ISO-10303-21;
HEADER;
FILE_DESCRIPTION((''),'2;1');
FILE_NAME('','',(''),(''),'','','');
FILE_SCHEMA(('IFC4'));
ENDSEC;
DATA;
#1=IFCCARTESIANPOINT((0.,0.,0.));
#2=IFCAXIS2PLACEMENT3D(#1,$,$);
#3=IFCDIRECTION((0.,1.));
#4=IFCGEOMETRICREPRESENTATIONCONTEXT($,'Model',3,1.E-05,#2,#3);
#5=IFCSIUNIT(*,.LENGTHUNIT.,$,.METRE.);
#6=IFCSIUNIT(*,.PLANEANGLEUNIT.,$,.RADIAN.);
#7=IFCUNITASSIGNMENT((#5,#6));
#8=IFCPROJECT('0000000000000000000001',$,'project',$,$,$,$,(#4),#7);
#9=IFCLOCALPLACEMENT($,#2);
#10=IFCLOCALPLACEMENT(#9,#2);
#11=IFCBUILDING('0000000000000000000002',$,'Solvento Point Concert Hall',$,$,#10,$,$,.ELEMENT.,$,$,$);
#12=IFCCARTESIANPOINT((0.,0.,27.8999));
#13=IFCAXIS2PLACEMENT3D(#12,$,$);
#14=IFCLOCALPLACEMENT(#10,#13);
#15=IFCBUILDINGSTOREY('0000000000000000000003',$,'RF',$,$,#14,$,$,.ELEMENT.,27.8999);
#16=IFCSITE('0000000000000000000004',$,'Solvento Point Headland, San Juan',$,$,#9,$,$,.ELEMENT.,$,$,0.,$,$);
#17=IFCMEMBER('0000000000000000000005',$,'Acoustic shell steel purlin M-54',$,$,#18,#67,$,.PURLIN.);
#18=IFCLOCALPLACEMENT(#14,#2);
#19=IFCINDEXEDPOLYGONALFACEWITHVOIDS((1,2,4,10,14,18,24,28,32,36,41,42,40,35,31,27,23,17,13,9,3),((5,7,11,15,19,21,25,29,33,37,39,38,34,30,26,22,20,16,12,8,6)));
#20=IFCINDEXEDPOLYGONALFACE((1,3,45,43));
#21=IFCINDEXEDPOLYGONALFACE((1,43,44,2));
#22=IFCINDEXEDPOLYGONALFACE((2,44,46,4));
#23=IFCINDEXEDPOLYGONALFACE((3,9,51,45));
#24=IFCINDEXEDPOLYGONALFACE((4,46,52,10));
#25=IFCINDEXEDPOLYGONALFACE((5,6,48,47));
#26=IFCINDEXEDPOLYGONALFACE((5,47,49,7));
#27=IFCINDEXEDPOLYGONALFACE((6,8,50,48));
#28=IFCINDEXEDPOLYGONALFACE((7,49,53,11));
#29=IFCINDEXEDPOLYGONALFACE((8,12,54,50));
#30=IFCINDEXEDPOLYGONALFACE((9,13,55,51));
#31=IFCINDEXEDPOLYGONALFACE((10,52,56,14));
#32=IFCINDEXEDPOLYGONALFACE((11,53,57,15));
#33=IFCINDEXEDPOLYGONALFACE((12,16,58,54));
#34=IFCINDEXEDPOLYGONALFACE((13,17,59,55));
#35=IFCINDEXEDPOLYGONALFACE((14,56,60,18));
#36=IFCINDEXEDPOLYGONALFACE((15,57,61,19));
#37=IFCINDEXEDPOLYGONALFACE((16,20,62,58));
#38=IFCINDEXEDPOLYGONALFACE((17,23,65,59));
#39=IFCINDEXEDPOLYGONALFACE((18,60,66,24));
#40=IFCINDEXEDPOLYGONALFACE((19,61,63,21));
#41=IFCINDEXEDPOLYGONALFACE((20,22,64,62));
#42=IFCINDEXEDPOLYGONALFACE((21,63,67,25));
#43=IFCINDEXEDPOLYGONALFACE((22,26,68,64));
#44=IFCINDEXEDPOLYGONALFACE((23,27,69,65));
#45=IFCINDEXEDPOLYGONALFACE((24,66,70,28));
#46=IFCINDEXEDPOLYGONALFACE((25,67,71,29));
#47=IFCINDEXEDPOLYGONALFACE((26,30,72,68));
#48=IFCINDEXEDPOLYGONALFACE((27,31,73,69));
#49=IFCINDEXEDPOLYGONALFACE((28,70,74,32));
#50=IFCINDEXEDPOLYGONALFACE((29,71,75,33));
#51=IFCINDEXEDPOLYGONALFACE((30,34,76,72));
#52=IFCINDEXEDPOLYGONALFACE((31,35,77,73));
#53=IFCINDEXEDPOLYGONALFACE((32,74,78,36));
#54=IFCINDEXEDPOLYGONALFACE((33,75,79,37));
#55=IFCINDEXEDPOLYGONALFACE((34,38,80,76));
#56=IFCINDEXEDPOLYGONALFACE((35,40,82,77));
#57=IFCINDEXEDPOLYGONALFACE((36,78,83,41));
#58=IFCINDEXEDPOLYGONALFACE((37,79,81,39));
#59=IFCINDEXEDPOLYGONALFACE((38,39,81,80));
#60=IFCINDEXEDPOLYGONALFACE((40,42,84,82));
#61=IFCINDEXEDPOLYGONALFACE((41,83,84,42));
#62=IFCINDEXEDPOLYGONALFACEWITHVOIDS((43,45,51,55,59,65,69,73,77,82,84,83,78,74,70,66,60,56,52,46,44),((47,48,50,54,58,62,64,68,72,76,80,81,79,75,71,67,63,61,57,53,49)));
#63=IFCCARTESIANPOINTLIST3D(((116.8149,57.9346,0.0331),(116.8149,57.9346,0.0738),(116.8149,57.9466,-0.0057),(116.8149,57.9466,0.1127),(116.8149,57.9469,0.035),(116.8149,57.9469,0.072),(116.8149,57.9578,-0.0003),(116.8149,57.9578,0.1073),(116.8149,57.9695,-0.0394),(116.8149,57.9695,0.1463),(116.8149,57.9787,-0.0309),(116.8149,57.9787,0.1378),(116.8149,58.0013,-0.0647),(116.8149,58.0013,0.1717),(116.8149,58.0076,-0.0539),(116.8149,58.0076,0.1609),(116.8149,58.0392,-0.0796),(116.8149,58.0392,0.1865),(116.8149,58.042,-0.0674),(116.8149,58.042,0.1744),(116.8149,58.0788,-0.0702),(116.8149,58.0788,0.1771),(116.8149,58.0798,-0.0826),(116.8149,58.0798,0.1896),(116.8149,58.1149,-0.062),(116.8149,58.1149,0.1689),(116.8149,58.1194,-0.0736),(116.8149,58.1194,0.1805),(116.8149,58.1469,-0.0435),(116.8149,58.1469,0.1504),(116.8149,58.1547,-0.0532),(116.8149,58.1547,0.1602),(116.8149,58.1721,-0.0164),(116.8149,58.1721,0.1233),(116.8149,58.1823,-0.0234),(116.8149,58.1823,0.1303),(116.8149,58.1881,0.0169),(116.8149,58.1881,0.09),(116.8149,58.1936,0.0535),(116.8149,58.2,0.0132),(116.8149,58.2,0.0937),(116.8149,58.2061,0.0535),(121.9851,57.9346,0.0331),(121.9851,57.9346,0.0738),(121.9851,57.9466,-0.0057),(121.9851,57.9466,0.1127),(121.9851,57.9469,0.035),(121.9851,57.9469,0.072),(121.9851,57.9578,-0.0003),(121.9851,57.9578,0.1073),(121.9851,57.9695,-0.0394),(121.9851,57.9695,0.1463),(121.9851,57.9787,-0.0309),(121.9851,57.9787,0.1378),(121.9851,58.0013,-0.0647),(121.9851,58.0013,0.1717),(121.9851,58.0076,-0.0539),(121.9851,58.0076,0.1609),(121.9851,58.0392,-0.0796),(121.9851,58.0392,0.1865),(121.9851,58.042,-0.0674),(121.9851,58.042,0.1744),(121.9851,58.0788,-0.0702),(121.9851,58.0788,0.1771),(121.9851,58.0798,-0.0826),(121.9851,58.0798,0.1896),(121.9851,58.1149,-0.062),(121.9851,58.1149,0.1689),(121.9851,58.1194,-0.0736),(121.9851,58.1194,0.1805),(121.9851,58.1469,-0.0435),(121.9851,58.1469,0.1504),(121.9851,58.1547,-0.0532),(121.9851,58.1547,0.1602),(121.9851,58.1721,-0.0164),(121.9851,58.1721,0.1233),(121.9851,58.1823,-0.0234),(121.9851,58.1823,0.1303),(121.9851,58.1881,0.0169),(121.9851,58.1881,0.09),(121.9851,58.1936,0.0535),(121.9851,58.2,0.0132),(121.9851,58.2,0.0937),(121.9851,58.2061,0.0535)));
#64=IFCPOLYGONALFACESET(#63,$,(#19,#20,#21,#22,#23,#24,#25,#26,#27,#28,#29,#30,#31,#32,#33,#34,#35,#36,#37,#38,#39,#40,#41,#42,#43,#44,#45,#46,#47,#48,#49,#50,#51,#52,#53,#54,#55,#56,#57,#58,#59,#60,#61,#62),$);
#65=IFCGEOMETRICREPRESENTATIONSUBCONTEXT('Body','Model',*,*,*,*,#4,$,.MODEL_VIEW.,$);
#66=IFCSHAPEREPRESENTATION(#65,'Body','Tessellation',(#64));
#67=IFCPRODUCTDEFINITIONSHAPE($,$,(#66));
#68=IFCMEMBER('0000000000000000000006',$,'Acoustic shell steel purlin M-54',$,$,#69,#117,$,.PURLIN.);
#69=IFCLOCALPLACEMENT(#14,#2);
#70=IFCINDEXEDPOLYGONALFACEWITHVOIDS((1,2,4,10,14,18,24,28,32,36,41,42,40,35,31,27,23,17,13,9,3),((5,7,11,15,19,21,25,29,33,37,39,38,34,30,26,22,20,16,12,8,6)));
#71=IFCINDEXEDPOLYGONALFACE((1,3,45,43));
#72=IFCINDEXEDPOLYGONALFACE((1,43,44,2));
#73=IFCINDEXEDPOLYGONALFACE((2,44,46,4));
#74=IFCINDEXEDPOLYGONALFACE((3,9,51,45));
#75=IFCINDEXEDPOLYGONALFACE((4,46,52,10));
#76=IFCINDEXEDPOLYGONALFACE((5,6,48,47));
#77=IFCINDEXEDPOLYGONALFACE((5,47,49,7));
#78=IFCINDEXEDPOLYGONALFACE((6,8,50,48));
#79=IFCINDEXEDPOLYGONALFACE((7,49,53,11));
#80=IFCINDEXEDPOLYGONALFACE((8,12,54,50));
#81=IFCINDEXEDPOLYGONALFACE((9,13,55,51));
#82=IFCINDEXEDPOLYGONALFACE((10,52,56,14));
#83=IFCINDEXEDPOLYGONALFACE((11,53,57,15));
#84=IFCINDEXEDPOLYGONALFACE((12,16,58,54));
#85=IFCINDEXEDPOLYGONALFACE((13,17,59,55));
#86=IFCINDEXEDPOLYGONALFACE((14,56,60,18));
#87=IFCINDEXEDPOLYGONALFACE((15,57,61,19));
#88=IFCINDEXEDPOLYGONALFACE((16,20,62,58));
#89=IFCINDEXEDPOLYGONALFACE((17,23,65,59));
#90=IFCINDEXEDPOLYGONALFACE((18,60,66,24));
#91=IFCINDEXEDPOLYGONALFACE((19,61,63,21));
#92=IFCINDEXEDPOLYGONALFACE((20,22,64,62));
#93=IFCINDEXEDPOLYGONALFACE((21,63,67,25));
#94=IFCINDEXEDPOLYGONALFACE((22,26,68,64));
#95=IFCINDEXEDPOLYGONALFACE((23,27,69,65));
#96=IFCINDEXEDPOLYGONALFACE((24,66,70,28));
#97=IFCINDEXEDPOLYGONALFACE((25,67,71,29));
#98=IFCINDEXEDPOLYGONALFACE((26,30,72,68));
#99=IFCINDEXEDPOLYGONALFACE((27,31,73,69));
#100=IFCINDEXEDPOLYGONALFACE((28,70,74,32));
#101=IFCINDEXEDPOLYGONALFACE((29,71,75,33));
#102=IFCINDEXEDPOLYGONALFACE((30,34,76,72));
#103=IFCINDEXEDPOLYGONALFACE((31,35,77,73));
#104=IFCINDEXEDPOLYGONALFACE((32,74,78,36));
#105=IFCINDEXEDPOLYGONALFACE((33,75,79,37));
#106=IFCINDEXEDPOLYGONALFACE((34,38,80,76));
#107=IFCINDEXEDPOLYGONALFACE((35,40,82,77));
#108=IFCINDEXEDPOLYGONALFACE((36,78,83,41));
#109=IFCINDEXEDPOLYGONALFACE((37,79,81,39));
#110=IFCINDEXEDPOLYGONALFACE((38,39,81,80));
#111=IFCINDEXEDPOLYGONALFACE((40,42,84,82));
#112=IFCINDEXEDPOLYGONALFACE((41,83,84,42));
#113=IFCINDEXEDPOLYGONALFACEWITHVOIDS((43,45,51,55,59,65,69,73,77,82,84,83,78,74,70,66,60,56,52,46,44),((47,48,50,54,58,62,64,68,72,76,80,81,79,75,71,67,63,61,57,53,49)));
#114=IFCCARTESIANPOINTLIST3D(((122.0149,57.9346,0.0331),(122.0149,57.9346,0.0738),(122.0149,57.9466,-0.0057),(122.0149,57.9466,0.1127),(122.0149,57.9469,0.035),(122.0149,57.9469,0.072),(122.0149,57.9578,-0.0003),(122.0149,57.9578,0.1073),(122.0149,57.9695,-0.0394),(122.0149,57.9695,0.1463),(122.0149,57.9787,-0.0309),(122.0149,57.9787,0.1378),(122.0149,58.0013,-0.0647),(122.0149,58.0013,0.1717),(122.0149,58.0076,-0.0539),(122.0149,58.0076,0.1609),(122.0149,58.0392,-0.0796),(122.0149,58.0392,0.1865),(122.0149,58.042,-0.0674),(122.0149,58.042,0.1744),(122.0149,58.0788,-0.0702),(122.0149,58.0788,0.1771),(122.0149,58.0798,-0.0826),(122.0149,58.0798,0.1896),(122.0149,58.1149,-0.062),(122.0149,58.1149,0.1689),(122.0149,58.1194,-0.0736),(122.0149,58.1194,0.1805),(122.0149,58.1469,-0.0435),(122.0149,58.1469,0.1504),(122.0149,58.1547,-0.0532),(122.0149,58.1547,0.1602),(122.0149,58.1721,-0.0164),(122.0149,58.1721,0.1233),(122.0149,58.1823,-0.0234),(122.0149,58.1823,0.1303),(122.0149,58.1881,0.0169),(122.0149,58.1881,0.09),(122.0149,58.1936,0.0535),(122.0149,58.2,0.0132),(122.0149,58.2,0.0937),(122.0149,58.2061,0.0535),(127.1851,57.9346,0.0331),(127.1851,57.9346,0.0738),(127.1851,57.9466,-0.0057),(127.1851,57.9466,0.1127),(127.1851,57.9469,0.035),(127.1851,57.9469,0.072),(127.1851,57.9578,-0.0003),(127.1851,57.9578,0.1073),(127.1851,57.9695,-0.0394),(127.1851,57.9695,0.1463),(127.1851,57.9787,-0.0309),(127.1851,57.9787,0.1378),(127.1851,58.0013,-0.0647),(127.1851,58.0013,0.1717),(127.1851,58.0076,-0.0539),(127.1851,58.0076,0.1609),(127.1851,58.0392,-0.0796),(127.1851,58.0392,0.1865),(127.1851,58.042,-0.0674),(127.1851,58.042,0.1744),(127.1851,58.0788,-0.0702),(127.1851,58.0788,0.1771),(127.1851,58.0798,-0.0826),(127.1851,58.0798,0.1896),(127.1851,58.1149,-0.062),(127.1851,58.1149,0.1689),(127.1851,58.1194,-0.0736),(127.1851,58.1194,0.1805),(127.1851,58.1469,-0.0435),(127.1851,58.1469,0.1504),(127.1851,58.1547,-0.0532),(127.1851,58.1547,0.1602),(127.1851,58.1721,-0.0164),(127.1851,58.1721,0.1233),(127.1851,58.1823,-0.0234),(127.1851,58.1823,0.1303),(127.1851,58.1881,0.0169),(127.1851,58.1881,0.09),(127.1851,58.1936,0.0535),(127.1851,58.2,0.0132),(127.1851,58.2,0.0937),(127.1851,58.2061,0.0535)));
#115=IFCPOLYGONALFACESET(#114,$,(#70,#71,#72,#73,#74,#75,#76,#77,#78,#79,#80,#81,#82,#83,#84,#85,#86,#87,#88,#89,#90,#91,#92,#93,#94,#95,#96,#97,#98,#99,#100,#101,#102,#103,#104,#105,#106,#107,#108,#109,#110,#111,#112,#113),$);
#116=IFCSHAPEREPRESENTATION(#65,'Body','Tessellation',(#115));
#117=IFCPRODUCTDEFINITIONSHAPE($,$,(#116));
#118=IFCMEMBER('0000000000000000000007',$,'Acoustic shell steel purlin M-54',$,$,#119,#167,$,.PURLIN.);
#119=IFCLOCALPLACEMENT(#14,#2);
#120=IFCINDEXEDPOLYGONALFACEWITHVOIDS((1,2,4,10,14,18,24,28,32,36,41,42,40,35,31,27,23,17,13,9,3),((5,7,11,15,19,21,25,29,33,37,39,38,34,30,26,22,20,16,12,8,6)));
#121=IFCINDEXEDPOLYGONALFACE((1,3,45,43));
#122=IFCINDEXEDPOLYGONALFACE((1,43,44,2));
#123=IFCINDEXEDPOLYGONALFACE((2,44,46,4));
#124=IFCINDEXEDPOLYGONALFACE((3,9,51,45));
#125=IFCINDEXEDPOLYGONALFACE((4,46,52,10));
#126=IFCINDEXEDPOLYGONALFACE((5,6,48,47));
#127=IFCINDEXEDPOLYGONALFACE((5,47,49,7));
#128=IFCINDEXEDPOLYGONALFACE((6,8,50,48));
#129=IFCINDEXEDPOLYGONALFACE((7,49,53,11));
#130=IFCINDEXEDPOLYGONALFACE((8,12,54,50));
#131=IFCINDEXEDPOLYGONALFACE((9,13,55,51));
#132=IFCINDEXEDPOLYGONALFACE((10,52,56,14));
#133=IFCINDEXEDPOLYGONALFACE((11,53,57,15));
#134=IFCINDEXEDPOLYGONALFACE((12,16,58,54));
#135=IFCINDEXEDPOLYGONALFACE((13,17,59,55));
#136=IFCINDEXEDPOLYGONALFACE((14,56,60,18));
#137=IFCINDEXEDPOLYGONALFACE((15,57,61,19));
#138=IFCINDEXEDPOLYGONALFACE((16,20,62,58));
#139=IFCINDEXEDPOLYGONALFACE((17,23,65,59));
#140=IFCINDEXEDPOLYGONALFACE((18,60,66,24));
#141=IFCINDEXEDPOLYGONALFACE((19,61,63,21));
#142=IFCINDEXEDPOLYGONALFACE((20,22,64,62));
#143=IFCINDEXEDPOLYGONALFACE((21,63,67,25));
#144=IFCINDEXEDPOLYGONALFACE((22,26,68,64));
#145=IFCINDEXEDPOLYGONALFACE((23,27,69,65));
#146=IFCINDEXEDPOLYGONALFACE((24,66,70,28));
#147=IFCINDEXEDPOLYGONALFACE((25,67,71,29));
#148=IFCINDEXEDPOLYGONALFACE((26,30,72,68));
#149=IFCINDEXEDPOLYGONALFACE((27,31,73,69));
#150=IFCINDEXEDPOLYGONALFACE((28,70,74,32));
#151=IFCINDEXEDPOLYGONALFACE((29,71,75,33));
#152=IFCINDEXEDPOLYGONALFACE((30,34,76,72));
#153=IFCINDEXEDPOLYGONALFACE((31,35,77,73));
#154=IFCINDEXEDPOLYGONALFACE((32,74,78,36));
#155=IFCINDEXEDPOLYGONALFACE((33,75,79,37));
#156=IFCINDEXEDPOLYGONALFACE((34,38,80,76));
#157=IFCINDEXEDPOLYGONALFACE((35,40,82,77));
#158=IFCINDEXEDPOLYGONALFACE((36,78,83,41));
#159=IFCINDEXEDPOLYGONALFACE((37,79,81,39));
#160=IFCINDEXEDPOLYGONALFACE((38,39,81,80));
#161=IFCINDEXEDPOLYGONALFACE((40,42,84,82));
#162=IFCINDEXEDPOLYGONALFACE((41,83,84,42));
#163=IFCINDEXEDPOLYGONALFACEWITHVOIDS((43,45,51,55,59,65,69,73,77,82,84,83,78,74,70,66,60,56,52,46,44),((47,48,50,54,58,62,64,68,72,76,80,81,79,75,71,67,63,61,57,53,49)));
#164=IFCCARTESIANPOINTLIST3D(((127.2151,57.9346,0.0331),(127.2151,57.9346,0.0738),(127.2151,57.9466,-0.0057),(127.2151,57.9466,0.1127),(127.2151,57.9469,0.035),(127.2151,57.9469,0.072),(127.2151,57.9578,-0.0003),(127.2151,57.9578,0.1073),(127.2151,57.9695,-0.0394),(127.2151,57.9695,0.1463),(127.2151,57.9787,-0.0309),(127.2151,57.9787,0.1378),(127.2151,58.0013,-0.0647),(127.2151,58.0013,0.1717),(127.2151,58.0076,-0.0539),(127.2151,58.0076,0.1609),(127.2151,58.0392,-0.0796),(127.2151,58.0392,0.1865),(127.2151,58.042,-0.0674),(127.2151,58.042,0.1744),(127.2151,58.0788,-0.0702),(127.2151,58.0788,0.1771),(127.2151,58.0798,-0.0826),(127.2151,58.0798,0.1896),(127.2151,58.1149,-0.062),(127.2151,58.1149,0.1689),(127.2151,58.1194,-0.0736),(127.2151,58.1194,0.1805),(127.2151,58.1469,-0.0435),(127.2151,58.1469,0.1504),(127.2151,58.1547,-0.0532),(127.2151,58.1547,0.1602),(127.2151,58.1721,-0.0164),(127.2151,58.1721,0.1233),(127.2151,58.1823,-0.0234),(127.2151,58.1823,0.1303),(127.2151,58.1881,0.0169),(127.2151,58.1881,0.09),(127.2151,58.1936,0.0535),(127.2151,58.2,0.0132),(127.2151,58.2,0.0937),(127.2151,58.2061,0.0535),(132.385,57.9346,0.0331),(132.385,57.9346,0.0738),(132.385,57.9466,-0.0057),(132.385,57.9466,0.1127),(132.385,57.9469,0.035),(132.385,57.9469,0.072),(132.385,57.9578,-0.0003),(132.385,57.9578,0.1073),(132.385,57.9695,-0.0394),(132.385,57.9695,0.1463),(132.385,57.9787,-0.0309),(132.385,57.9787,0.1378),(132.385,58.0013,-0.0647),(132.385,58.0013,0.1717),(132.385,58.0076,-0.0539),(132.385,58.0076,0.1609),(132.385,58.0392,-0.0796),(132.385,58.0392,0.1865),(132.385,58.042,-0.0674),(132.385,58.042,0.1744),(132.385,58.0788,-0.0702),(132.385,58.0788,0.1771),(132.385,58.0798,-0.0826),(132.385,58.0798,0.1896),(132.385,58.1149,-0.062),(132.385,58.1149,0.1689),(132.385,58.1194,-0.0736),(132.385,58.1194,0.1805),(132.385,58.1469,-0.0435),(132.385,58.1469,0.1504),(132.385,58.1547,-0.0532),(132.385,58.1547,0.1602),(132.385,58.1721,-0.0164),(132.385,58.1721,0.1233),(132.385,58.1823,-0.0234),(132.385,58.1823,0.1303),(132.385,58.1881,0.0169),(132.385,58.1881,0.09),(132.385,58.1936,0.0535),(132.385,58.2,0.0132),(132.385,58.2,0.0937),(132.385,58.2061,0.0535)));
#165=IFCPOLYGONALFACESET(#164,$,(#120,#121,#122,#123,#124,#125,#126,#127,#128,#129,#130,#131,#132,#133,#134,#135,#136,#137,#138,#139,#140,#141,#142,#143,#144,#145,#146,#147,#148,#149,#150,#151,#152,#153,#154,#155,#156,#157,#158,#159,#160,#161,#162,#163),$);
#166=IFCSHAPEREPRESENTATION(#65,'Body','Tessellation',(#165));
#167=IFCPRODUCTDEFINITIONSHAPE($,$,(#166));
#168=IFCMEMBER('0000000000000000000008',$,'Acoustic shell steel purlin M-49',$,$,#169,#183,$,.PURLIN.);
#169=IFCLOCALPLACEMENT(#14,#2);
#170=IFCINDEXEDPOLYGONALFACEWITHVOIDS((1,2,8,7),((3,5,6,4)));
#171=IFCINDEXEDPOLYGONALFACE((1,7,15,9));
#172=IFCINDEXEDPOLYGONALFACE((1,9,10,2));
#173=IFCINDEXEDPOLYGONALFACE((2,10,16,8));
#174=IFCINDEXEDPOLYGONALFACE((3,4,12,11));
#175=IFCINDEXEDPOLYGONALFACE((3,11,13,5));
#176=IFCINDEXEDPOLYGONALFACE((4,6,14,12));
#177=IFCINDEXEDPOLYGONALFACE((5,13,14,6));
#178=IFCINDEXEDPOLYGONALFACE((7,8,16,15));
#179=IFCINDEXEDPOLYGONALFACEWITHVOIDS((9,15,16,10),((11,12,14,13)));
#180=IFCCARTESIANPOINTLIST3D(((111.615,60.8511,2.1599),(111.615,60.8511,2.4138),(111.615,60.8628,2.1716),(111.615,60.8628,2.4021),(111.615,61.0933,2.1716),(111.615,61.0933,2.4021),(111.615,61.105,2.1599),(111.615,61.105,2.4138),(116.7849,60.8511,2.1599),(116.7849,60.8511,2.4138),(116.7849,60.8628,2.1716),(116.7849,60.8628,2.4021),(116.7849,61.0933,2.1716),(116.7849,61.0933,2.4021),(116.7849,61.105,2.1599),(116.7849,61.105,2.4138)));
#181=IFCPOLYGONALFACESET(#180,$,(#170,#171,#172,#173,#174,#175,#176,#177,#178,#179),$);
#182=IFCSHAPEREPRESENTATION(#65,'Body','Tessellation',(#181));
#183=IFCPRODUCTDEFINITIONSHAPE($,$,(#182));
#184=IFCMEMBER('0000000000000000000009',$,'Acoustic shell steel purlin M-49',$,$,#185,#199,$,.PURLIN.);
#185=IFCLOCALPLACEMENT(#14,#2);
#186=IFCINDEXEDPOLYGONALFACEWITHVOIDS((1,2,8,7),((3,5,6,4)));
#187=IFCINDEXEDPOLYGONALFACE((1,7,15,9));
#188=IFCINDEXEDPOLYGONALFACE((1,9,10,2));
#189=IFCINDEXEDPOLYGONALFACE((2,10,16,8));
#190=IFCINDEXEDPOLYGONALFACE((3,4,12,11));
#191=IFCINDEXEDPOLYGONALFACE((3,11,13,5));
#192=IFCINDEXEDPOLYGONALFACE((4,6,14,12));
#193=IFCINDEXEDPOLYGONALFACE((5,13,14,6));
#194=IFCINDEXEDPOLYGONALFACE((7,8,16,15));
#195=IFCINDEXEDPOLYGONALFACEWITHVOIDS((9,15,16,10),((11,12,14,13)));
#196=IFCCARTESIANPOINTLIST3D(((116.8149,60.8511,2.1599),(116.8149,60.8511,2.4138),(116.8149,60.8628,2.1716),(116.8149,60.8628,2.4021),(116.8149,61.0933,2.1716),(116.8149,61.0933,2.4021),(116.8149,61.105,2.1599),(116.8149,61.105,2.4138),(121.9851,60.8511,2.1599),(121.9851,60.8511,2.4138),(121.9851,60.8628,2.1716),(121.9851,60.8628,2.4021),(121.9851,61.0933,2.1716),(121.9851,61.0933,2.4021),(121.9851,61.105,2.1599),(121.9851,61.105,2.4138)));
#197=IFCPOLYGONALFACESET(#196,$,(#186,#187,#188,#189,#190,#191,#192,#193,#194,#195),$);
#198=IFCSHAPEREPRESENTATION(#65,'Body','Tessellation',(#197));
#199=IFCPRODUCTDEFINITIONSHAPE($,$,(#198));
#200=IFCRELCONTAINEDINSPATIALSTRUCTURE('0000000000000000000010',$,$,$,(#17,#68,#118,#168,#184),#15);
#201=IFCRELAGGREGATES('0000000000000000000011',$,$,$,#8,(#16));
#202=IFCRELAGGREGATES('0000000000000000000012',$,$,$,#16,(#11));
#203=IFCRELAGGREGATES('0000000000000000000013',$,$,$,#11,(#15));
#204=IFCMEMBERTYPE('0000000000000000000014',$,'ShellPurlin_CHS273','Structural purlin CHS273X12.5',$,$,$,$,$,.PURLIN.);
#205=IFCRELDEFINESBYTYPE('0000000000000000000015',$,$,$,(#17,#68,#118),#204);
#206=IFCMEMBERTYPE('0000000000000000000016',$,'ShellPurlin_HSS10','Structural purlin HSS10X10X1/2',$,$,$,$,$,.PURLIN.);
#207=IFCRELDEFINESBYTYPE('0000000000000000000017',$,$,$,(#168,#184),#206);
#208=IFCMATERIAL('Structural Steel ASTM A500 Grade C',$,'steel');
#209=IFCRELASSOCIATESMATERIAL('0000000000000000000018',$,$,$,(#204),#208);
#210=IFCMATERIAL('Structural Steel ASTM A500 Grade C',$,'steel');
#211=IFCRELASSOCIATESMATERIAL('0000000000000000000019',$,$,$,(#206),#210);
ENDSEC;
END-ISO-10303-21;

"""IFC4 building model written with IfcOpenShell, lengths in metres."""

from ifc_helpers import new_model, si_unit, direction, frame, origin, origin_2d, place, context, subcontext, project, spatial, hollow_rectangle, hollow_circle, extrude, material, material_profile, profile_set, type_object, element, save


model = new_model("IFC4")

# Units and contexts
model_context = context("Model", 3, precision=1e-05, world=origin(), true_north=direction((0.0, 1.0)))
body_context = subcontext(model_context, "Body", "Model", "MODEL_VIEW")
ifc_project = project(units=[si_unit("LENGTHUNIT", "METRE"), si_unit("PLANEANGLEUNIT", "RADIAN")], contexts=[model_context])

# Site, building, storey
site_placement = place(None, origin())
site = spatial("IfcSite", under=ifc_project, at=site_placement, Name="Solvento Point Headland, San Juan", CompositionType="ELEMENT", RefElevation=0.0)
building_placement = place(site_placement, origin())
building = spatial("IfcBuilding", under=site, at=building_placement, Name="Solvento Point Concert Hall", CompositionType="ELEMENT")
storey_placement = place(building_placement, frame((0.0, 0.0, 27.8999)))
storey = spatial("IfcBuildingStorey", under=building, at=storey_placement, Name="RF", CompositionType="ELEMENT", Elevation=27.8999)

# Members
ifc_material_1 = material(Name="Structural Steel ASTM A500 Grade C", Category="steel")
ifc_material_profile_1 = material_profile(ifc_material_1, hollow_circle(Radius=0.1365, WallThickness=0.0125, at=origin_2d()), Name="CHS273X12.5")
ifc_profile_set_1 = profile_set([ifc_material_profile_1], Name="Structural Steel ASTM A500 Grade C")
member_type_1 = type_object("IfcMemberType", Name="ShellPurlin_CHS273", Description="Structural purlin CHS273X12.5", PredefinedType="PURLIN", material=ifc_profile_set_1)
for number, where, z_axis, x_axis, name in (
    (1, (116.8149, 58.0696, 0.0535), (1.0, 0.0, 0.0), (0.0, 1.0, 0.0), "Acoustic shell steel purlin M-54"),
    (2, (122.0149, 58.0696, 0.0535), (1.0, 0.0, 0.0), (0.0, 1.0, 0.0), "Acoustic shell steel purlin M-54"),
):
    element("IfcMember", number, at=place(storey_placement, frame(where, z_axis=z_axis, x_axis=x_axis)), inside=storey, type_object=member_type_1, Name=name, PredefinedType="PURLIN", context=body_context, shape_type="SweptSolid", body=[
        extrude(hollow_circle(Radius=0.1365, WallThickness=0.0125, at=origin_2d()), origin(), (0.0, 0.0, 1.0), 5.1702),
    ])
member_1_placement = place(storey_placement, frame((127.2151, 58.0696, 0.0535), z_axis=(1.0, 0.0, 0.0), x_axis=(0.0, 1.0, 0.0)))
element("IfcMember", 3, at=member_1_placement, inside=storey, type_object=member_type_1, Name="Acoustic shell steel purlin M-54", PredefinedType="PURLIN", context=body_context, shape_type="SweptSolid", body=[
    extrude(hollow_circle(Radius=0.1365, WallThickness=0.0125, at=origin_2d()), origin(), (0.0, 0.0, 1.0), 5.1699),
])
ifc_material_2 = material(Name="Structural Steel ASTM A500 Grade C", Category="steel")
ifc_material_profile_2 = material_profile(ifc_material_2, hollow_rectangle(XDim=0.2539, YDim=0.2539, WallThickness=0.0117, at=origin_2d()), Name="HSS10X10X1/2")
ifc_profile_set_2 = profile_set([ifc_material_profile_2], Name="Structural Steel ASTM A500 Grade C")
member_type_2 = type_object("IfcMemberType", Name="ShellPurlin_HSS10", Description="Structural purlin HSS10X10X1/2", PredefinedType="PURLIN", material=ifc_profile_set_2)
member_2_placement = place(storey_placement, frame((111.615, 60.978, 2.2869), z_axis=(1.0, 0.0, 0.0), x_axis=(0.0, 1.0, 0.0)))
element("IfcMember", 4, at=member_2_placement, inside=storey, type_object=member_type_2, Name="Acoustic shell steel purlin M-49", PredefinedType="PURLIN", context=body_context, shape_type="SweptSolid", body=[
    extrude(hollow_rectangle(XDim=0.2539, YDim=0.2539, WallThickness=0.0117, at=origin_2d()), origin(), (0.0, 0.0, 1.0), 5.1699),
])
for number, where, z_axis, x_axis, name in (
    (5, (116.8149, 60.978, 2.2869), (1.0, 0.0, 0.0), (0.0, 1.0, 0.0), "Acoustic shell steel purlin M-49"),
):
    element("IfcMember", number, at=place(storey_placement, frame(where, z_axis=z_axis, x_axis=x_axis)), inside=storey, type_object=member_type_2, Name=name, PredefinedType="PURLIN", context=body_context, shape_type="SweptSolid", body=[
        extrude(hollow_rectangle(XDim=0.2539, YDim=0.2539, WallThickness=0.0117, at=origin_2d()), origin(), (0.0, 0.0, 1.0), 5.1702),
    ])

save(model, "model.ifc")
